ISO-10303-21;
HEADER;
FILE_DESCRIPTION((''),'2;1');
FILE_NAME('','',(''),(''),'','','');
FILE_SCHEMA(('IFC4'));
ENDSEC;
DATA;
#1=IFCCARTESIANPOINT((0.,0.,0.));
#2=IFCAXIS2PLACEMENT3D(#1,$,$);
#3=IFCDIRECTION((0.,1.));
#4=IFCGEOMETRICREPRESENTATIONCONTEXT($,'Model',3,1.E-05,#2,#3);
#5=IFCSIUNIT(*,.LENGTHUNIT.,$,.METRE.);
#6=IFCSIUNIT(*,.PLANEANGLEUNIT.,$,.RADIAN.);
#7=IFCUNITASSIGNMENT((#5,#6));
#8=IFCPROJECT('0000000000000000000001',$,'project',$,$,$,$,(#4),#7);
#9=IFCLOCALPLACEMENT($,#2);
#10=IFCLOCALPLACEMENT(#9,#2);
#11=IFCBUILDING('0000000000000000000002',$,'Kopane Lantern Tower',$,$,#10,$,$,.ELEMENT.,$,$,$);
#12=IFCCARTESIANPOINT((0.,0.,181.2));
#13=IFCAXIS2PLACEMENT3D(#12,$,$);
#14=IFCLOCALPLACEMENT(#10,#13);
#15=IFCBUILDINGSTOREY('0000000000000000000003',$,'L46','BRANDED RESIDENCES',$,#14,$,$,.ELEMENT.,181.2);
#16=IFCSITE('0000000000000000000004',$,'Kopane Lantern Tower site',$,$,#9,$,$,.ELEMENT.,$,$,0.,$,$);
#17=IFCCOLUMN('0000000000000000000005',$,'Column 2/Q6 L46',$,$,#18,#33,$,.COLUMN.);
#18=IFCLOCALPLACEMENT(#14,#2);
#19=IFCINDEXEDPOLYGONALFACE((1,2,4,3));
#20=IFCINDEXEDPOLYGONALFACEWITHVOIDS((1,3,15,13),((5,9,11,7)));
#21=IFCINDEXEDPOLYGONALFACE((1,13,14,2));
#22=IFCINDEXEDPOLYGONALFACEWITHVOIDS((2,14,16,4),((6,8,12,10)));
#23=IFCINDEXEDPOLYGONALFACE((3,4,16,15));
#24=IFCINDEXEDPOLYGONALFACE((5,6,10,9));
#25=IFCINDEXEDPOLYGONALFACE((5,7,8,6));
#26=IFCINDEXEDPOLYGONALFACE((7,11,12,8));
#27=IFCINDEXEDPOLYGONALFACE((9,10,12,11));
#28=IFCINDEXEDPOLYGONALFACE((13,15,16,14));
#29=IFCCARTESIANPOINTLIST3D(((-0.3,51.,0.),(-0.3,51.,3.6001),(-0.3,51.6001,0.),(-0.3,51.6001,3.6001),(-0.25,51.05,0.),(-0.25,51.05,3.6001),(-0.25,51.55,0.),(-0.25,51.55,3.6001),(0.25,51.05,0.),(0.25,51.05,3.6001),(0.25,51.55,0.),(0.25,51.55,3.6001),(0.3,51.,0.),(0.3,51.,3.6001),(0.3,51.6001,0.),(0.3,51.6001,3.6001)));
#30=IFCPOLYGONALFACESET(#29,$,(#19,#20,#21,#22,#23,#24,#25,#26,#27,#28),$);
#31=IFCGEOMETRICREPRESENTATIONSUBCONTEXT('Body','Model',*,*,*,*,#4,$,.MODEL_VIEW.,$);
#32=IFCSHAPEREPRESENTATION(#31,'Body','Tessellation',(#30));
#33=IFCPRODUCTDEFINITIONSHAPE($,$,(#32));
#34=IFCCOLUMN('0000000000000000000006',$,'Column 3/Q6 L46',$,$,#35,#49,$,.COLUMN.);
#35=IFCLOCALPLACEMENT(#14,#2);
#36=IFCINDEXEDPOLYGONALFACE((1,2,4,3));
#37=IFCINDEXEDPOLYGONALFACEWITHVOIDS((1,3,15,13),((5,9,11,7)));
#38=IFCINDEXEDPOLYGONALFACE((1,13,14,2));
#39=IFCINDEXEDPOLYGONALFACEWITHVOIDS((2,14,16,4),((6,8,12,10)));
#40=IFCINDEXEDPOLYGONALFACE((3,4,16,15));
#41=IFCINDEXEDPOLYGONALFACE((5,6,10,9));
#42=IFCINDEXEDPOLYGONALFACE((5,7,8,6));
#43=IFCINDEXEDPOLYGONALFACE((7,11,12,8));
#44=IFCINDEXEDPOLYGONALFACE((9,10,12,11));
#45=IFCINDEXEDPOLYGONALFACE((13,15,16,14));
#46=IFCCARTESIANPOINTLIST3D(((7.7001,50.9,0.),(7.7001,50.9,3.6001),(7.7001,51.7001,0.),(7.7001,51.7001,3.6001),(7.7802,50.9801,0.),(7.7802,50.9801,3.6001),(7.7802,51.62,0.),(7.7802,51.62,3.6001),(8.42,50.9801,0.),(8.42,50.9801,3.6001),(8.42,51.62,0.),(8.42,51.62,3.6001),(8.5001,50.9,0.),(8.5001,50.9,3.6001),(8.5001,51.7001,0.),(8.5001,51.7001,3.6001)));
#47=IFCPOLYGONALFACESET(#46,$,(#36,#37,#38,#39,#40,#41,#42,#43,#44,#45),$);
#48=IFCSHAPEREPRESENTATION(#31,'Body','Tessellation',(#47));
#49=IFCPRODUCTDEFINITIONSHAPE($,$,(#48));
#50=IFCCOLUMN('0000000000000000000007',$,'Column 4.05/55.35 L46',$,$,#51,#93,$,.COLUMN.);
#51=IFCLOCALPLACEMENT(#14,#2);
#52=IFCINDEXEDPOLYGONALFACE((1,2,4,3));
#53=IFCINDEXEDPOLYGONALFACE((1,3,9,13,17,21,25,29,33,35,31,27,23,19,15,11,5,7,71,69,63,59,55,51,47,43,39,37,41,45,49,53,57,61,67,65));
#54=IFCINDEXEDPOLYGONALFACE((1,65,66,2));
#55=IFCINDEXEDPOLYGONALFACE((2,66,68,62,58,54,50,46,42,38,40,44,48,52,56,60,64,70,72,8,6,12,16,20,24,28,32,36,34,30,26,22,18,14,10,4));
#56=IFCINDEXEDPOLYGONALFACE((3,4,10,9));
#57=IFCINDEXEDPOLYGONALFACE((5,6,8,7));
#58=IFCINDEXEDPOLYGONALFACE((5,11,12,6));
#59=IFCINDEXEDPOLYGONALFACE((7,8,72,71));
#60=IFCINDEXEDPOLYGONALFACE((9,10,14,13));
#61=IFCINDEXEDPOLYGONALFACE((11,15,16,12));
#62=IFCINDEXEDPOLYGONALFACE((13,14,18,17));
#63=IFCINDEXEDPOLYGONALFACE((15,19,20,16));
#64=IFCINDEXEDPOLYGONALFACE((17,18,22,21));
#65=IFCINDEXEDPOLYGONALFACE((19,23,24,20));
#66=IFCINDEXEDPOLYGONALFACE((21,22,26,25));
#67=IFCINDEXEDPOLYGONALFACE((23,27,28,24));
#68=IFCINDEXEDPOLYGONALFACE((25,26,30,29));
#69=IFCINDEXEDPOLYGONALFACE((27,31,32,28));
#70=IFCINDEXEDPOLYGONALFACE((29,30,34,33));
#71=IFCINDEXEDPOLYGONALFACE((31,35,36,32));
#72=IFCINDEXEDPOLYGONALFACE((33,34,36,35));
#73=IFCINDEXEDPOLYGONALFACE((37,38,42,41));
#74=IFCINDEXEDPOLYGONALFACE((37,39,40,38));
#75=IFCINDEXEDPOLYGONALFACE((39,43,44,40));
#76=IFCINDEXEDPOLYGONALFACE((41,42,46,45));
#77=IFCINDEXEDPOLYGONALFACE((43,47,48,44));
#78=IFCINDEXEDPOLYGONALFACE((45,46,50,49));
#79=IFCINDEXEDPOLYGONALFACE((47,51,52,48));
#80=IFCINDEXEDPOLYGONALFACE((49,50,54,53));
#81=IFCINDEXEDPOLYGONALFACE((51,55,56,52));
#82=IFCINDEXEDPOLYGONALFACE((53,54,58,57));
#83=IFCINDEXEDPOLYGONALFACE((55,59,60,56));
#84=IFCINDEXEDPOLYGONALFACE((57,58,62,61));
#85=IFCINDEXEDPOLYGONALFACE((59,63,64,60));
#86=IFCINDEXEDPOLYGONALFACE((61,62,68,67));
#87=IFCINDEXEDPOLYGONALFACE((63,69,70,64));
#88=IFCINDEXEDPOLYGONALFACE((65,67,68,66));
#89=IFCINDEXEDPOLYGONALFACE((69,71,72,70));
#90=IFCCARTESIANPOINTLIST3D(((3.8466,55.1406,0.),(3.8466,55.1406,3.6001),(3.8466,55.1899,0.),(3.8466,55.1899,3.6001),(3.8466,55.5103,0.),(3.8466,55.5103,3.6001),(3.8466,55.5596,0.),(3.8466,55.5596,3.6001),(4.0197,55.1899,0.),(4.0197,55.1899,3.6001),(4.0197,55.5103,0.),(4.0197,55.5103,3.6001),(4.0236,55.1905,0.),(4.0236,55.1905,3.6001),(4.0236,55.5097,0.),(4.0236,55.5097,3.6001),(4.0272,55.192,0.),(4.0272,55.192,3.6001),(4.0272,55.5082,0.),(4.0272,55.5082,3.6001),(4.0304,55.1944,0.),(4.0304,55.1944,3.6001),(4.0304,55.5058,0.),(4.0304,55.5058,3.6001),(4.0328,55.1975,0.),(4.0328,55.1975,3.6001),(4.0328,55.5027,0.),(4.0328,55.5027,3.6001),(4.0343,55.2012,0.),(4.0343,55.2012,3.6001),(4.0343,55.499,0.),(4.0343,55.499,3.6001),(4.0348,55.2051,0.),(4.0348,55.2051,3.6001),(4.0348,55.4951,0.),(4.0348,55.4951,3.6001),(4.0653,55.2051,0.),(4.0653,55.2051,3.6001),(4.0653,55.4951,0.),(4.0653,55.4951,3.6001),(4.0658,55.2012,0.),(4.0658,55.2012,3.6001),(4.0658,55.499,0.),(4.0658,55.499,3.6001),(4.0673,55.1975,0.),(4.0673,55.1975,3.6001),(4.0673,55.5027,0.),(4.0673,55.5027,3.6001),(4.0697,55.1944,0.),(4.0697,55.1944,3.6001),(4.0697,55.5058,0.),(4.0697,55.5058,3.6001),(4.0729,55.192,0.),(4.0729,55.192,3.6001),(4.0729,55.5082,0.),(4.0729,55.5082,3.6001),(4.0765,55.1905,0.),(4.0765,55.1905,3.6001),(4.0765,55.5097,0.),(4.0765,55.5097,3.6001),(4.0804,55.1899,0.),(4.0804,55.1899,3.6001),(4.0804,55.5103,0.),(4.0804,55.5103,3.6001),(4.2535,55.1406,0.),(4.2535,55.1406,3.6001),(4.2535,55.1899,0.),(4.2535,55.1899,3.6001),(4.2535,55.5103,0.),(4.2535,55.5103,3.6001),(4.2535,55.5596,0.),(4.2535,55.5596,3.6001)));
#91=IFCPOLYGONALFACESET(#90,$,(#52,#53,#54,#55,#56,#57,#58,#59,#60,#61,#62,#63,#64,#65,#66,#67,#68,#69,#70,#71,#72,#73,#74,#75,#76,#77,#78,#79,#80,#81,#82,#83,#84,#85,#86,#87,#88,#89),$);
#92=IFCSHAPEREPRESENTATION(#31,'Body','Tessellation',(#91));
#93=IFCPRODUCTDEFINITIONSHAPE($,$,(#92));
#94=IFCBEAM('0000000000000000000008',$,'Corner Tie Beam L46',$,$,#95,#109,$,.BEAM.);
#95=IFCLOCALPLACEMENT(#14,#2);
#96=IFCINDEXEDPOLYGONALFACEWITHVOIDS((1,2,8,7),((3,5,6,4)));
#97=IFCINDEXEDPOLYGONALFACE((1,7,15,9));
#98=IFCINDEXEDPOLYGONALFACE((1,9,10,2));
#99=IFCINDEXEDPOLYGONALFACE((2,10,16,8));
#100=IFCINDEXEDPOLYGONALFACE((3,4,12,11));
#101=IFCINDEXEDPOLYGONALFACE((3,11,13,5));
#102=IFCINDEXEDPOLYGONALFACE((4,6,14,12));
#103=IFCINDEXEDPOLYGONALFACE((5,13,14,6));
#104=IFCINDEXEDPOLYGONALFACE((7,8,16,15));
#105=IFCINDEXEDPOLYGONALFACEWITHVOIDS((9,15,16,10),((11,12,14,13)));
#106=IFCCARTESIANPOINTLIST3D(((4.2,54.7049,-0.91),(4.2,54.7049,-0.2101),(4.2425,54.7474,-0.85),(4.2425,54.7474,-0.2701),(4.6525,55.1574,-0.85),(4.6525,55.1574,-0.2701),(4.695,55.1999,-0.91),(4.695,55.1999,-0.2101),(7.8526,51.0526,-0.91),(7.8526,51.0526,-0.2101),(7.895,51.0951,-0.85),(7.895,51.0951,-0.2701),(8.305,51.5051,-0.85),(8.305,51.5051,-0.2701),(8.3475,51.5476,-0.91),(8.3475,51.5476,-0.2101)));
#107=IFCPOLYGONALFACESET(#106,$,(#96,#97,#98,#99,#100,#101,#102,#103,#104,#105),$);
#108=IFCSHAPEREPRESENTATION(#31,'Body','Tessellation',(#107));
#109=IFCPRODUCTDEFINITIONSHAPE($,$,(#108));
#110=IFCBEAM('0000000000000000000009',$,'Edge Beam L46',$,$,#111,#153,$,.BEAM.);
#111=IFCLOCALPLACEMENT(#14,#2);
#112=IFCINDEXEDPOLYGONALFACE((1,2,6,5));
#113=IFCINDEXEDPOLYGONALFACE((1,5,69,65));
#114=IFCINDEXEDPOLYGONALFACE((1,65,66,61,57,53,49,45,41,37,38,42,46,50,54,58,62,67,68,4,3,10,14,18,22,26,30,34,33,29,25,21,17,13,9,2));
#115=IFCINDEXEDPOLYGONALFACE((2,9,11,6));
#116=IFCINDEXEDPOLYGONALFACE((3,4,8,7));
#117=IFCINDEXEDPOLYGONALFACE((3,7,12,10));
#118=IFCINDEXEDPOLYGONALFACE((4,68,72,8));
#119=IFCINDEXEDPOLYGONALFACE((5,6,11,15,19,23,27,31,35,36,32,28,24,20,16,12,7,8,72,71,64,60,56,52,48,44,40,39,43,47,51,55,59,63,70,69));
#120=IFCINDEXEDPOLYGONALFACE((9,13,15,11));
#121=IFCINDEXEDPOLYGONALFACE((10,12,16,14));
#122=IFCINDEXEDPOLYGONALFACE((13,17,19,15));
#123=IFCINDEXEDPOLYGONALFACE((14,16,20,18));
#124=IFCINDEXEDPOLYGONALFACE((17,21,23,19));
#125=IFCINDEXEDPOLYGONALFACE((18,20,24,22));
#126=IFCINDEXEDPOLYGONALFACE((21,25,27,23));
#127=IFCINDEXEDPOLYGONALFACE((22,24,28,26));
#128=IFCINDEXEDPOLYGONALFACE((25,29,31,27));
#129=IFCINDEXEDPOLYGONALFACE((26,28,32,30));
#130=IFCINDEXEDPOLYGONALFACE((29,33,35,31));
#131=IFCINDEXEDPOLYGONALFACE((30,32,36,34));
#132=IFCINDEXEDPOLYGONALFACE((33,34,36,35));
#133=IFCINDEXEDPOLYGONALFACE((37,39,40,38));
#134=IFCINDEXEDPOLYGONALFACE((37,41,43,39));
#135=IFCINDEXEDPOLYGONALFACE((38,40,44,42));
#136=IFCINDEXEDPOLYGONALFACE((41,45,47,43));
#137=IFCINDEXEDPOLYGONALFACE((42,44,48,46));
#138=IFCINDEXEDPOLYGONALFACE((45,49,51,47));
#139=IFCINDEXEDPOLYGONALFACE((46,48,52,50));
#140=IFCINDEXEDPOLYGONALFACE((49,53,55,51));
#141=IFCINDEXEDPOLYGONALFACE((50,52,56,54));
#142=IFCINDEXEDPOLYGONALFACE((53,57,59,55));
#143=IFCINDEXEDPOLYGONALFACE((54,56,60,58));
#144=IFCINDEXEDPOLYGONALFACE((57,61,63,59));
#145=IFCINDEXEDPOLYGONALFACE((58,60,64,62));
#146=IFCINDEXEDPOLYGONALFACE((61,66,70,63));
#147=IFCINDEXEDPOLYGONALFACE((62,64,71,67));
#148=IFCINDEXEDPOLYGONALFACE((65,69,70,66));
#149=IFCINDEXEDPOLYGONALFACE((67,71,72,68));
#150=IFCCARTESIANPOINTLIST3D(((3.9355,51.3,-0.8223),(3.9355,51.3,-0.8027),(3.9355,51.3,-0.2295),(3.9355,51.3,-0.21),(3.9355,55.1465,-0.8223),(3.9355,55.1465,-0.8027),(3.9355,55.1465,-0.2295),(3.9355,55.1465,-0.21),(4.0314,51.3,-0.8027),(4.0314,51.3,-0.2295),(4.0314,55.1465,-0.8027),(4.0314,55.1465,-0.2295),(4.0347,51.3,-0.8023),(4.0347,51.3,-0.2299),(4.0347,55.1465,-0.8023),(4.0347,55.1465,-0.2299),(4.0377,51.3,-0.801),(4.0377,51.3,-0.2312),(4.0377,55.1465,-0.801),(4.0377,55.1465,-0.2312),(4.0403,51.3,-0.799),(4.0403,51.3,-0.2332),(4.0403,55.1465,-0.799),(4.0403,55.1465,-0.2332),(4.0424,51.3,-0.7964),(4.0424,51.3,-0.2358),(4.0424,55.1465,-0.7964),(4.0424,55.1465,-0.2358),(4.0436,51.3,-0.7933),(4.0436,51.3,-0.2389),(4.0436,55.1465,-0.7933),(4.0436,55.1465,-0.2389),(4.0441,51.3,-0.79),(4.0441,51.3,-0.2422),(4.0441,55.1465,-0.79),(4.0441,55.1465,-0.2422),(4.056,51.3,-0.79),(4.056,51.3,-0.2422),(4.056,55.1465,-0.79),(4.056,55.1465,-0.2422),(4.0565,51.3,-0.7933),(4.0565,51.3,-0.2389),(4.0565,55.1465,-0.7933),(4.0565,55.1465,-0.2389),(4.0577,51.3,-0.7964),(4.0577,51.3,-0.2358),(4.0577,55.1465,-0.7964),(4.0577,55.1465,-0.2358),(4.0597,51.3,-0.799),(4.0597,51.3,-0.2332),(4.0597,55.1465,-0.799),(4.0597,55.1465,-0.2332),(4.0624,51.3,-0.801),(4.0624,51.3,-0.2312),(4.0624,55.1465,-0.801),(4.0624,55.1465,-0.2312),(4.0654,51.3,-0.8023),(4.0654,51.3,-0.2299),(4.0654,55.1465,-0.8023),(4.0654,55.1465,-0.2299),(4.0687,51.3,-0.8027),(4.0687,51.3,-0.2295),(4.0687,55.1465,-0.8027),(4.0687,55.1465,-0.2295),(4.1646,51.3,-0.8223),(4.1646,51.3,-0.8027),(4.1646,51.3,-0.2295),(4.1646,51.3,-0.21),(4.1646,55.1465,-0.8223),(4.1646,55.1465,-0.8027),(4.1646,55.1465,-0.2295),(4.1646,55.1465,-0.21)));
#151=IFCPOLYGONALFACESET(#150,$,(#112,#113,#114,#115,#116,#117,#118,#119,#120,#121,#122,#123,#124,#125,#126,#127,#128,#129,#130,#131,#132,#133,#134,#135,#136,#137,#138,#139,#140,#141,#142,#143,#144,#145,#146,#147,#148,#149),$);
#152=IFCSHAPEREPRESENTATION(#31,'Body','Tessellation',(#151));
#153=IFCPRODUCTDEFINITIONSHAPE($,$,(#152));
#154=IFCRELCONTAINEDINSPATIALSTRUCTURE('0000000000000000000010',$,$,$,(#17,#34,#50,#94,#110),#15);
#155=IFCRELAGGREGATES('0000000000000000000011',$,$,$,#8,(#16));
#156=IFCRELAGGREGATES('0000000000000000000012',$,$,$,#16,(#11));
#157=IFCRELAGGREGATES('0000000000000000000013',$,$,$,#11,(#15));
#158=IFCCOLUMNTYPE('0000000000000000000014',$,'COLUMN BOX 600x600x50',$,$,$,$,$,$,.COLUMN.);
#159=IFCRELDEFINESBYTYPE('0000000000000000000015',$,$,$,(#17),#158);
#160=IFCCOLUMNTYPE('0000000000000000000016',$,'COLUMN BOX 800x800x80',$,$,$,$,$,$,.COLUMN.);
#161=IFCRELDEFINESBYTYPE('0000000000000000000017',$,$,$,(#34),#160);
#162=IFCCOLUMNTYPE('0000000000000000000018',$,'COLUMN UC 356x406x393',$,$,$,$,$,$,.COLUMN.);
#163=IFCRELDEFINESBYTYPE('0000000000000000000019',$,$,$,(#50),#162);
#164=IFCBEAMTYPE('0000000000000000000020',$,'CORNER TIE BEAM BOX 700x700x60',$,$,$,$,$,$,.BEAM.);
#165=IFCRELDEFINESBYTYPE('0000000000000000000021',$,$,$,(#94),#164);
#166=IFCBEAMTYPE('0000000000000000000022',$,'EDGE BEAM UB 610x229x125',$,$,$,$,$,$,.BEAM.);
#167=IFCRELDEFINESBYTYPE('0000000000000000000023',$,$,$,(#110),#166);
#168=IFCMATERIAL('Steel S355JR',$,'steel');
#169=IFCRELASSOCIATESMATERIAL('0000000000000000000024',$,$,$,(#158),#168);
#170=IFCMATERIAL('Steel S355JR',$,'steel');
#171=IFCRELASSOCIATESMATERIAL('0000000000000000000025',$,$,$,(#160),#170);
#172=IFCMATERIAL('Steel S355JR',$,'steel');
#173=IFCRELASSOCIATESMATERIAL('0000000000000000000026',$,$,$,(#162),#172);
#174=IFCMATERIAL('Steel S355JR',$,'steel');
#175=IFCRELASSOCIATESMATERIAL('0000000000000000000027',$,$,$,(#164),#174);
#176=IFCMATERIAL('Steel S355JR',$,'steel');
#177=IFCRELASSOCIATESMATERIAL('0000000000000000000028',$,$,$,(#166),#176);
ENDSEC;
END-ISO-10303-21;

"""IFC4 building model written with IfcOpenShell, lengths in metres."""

from ifc_helpers import new_model, si_unit, direction, frame, origin, origin_2d, place, context, subcontext, project, spatial, hollow_rectangle, i_section, extrude, material, material_profile, profile_set, type_object, element, save


model = new_model("IFC4")

# Units and contexts
model_context = context("Model", 3, precision=1e-05, world=origin(), true_north=direction((0.0, 1.0)))
body_context = subcontext(model_context, "Body", "Model", "MODEL_VIEW")
ifc_project = project(units=[si_unit("LENGTHUNIT", "METRE"), si_unit("PLANEANGLEUNIT", "RADIAN")], contexts=[model_context])

# Site, building, storey
site_placement = place(None, origin())
site = spatial("IfcSite", under=ifc_project, at=site_placement, Name="Kopane Lantern Tower site", CompositionType="ELEMENT", RefElevation=0.0)
building_placement = place(site_placement, origin())
building = spatial("IfcBuilding", under=site, at=building_placement, Name="Kopane Lantern Tower", CompositionType="ELEMENT")
storey_placement = place(building_placement, frame((0.0, 0.0, 181.2)))
storey = spatial("IfcBuildingStorey", under=building, at=storey_placement, Name="L46", Description="BRANDED RESIDENCES", CompositionType="ELEMENT", Elevation=181.2)

# Columns
ifc_material_1 = material(Name="Steel S355JR", Category="steel")
ifc_material_profile_1 = material_profile(ifc_material_1, hollow_rectangle(XDim=0.6001, YDim=0.6001, WallThickness=0.05, at=origin_2d()), Name="BOX 600x600x50")
ifc_profile_set_1 = profile_set([ifc_material_profile_1], Name="Steel S355JR")
column_type_1 = type_object("IfcColumnType", Name="COLUMN BOX 600x600x50", PredefinedType="COLUMN", material=ifc_profile_set_1)
column_1_placement = place(storey_placement, frame((0.0, 51.3, 0.0), z_axis=(0.0, 0.0, 1.0), x_axis=(1.0, 0.0, 0.0)))
element("IfcColumn", 1, at=column_1_placement, inside=storey, type_object=column_type_1, Name="Column 2/Q6 L46", PredefinedType="COLUMN", context=body_context, shape_type="SweptSolid", body=[
    extrude(hollow_rectangle(XDim=0.6001, YDim=0.6001, WallThickness=0.05, at=origin_2d()), origin(), (0.0, 0.0, 1.0), 3.6001),
])
ifc_material_2 = material(Name="Steel S355JR", Category="steel")
ifc_material_profile_2 = material_profile(ifc_material_2, hollow_rectangle(XDim=0.8, YDim=0.8, WallThickness=0.0801, at=origin_2d()), Name="BOX 800x800x80")
ifc_profile_set_2 = profile_set([ifc_material_profile_2], Name="Steel S355JR")
column_type_2 = type_object("IfcColumnType", Name="COLUMN BOX 800x800x80", PredefinedType="COLUMN", material=ifc_profile_set_2)
column_2_placement = place(storey_placement, frame((8.1001, 51.3, 0.0), z_axis=(0.0, 0.0, 1.0), x_axis=(1.0, 0.0, 0.0)))
element("IfcColumn", 2, at=column_2_placement, inside=storey, type_object=column_type_2, Name="Column 3/Q6 L46", PredefinedType="COLUMN", context=body_context, shape_type="SweptSolid", body=[
    extrude(hollow_rectangle(XDim=0.8, YDim=0.8, WallThickness=0.0801, at=origin_2d()), origin(), (0.0, 0.0, 1.0), 3.6001),
])
ifc_material_3 = material(Name="Steel S355JR", Category="steel")
ifc_material_profile_3 = material_profile(ifc_material_3, i_section(OverallWidth=0.407, OverallDepth=0.4189, WebThickness=0.0305, FlangeThickness=0.0493, FilletRadius=0.0151, at=origin_2d()), Name="UC 356x406x393")
ifc_profile_set_3 = profile_set([ifc_material_profile_3], Name="Steel S355JR")
column_type_3 = type_object("IfcColumnType", Name="COLUMN UC 356x406x393", PredefinedType="COLUMN", material=ifc_profile_set_3)
column_3_placement = place(storey_placement, frame((4.05, 55.3501, 0.0), z_axis=(0.0, 0.0, 1.0), x_axis=(1.0, 0.0, 0.0)))
element("IfcColumn", 3, at=column_3_placement, inside=storey, type_object=column_type_3, Name="Column 4.05/55.35 L46", PredefinedType="COLUMN", context=body_context, shape_type="SweptSolid", body=[
    extrude(i_section(OverallWidth=0.407, OverallDepth=0.4189, WebThickness=0.0305, FlangeThickness=0.0493, FilletRadius=0.0151, at=origin_2d()), origin(), (0.0, 0.0, 1.0), 3.6001),
])

# Beams
ifc_material_4 = material(Name="Steel S355JR", Category="steel")
ifc_material_profile_4 = material_profile(ifc_material_4, hollow_rectangle(XDim=0.7, YDim=0.7, WallThickness=0.0601, at=origin_2d()), Name="BOX 700x700x60")
ifc_profile_set_4 = profile_set([ifc_material_profile_4], Name="Steel S355JR")
beam_type_1 = type_object("IfcBeamType", Name="CORNER TIE BEAM BOX 700x700x60", PredefinedType="BEAM", material=ifc_profile_set_4)
beam_1_placement = place(storey_placement, frame((4.4475, 54.9524, -0.5601), z_axis=(0.70713, -0.707083, 0.0), x_axis=(0.707083, 0.70713, 0.0)))
element("IfcBeam", 4, at=beam_1_placement, inside=storey, type_object=beam_type_1, Name="Corner Tie Beam L46", PredefinedType="BEAM", context=body_context, shape_type="SweptSolid", body=[
    extrude(hollow_rectangle(XDim=0.7, YDim=0.7, WallThickness=0.0601, at=origin_2d()), origin(), (0.0, 0.0, 1.0), 5.1653),
])
ifc_material_5 = material(Name="Steel S355JR", Category="steel")
ifc_material_profile_5 = material_profile(ifc_material_5, i_section(OverallWidth=0.229, OverallDepth=0.6123, WebThickness=0.012, FlangeThickness=0.0195, FilletRadius=0.0127, at=origin_2d()), Name="UB 610x229x125")
ifc_profile_set_5 = profile_set([ifc_material_profile_5], Name="Steel S355JR")
beam_type_2 = type_object("IfcBeamType", Name="EDGE BEAM UB 610x229x125", PredefinedType="BEAM", material=ifc_profile_set_5)
beam_2_placement = place(storey_placement, frame((4.05, 55.1465, -0.5161), z_axis=(0.0, -1.0, 0.0), x_axis=(1.0, 0.0, 0.0)))
element("IfcBeam", 5, at=beam_2_placement, inside=storey, type_object=beam_type_2, Name="Edge Beam L46", PredefinedType="BEAM", context=body_context, shape_type="SweptSolid", body=[
    extrude(i_section(OverallWidth=0.229, OverallDepth=0.6123, WebThickness=0.012, FlangeThickness=0.0195, FilletRadius=0.0127, at=origin_2d()), origin(), (0.0, 0.0, 1.0), 3.8464),
])

save(model, "model.ifc")
